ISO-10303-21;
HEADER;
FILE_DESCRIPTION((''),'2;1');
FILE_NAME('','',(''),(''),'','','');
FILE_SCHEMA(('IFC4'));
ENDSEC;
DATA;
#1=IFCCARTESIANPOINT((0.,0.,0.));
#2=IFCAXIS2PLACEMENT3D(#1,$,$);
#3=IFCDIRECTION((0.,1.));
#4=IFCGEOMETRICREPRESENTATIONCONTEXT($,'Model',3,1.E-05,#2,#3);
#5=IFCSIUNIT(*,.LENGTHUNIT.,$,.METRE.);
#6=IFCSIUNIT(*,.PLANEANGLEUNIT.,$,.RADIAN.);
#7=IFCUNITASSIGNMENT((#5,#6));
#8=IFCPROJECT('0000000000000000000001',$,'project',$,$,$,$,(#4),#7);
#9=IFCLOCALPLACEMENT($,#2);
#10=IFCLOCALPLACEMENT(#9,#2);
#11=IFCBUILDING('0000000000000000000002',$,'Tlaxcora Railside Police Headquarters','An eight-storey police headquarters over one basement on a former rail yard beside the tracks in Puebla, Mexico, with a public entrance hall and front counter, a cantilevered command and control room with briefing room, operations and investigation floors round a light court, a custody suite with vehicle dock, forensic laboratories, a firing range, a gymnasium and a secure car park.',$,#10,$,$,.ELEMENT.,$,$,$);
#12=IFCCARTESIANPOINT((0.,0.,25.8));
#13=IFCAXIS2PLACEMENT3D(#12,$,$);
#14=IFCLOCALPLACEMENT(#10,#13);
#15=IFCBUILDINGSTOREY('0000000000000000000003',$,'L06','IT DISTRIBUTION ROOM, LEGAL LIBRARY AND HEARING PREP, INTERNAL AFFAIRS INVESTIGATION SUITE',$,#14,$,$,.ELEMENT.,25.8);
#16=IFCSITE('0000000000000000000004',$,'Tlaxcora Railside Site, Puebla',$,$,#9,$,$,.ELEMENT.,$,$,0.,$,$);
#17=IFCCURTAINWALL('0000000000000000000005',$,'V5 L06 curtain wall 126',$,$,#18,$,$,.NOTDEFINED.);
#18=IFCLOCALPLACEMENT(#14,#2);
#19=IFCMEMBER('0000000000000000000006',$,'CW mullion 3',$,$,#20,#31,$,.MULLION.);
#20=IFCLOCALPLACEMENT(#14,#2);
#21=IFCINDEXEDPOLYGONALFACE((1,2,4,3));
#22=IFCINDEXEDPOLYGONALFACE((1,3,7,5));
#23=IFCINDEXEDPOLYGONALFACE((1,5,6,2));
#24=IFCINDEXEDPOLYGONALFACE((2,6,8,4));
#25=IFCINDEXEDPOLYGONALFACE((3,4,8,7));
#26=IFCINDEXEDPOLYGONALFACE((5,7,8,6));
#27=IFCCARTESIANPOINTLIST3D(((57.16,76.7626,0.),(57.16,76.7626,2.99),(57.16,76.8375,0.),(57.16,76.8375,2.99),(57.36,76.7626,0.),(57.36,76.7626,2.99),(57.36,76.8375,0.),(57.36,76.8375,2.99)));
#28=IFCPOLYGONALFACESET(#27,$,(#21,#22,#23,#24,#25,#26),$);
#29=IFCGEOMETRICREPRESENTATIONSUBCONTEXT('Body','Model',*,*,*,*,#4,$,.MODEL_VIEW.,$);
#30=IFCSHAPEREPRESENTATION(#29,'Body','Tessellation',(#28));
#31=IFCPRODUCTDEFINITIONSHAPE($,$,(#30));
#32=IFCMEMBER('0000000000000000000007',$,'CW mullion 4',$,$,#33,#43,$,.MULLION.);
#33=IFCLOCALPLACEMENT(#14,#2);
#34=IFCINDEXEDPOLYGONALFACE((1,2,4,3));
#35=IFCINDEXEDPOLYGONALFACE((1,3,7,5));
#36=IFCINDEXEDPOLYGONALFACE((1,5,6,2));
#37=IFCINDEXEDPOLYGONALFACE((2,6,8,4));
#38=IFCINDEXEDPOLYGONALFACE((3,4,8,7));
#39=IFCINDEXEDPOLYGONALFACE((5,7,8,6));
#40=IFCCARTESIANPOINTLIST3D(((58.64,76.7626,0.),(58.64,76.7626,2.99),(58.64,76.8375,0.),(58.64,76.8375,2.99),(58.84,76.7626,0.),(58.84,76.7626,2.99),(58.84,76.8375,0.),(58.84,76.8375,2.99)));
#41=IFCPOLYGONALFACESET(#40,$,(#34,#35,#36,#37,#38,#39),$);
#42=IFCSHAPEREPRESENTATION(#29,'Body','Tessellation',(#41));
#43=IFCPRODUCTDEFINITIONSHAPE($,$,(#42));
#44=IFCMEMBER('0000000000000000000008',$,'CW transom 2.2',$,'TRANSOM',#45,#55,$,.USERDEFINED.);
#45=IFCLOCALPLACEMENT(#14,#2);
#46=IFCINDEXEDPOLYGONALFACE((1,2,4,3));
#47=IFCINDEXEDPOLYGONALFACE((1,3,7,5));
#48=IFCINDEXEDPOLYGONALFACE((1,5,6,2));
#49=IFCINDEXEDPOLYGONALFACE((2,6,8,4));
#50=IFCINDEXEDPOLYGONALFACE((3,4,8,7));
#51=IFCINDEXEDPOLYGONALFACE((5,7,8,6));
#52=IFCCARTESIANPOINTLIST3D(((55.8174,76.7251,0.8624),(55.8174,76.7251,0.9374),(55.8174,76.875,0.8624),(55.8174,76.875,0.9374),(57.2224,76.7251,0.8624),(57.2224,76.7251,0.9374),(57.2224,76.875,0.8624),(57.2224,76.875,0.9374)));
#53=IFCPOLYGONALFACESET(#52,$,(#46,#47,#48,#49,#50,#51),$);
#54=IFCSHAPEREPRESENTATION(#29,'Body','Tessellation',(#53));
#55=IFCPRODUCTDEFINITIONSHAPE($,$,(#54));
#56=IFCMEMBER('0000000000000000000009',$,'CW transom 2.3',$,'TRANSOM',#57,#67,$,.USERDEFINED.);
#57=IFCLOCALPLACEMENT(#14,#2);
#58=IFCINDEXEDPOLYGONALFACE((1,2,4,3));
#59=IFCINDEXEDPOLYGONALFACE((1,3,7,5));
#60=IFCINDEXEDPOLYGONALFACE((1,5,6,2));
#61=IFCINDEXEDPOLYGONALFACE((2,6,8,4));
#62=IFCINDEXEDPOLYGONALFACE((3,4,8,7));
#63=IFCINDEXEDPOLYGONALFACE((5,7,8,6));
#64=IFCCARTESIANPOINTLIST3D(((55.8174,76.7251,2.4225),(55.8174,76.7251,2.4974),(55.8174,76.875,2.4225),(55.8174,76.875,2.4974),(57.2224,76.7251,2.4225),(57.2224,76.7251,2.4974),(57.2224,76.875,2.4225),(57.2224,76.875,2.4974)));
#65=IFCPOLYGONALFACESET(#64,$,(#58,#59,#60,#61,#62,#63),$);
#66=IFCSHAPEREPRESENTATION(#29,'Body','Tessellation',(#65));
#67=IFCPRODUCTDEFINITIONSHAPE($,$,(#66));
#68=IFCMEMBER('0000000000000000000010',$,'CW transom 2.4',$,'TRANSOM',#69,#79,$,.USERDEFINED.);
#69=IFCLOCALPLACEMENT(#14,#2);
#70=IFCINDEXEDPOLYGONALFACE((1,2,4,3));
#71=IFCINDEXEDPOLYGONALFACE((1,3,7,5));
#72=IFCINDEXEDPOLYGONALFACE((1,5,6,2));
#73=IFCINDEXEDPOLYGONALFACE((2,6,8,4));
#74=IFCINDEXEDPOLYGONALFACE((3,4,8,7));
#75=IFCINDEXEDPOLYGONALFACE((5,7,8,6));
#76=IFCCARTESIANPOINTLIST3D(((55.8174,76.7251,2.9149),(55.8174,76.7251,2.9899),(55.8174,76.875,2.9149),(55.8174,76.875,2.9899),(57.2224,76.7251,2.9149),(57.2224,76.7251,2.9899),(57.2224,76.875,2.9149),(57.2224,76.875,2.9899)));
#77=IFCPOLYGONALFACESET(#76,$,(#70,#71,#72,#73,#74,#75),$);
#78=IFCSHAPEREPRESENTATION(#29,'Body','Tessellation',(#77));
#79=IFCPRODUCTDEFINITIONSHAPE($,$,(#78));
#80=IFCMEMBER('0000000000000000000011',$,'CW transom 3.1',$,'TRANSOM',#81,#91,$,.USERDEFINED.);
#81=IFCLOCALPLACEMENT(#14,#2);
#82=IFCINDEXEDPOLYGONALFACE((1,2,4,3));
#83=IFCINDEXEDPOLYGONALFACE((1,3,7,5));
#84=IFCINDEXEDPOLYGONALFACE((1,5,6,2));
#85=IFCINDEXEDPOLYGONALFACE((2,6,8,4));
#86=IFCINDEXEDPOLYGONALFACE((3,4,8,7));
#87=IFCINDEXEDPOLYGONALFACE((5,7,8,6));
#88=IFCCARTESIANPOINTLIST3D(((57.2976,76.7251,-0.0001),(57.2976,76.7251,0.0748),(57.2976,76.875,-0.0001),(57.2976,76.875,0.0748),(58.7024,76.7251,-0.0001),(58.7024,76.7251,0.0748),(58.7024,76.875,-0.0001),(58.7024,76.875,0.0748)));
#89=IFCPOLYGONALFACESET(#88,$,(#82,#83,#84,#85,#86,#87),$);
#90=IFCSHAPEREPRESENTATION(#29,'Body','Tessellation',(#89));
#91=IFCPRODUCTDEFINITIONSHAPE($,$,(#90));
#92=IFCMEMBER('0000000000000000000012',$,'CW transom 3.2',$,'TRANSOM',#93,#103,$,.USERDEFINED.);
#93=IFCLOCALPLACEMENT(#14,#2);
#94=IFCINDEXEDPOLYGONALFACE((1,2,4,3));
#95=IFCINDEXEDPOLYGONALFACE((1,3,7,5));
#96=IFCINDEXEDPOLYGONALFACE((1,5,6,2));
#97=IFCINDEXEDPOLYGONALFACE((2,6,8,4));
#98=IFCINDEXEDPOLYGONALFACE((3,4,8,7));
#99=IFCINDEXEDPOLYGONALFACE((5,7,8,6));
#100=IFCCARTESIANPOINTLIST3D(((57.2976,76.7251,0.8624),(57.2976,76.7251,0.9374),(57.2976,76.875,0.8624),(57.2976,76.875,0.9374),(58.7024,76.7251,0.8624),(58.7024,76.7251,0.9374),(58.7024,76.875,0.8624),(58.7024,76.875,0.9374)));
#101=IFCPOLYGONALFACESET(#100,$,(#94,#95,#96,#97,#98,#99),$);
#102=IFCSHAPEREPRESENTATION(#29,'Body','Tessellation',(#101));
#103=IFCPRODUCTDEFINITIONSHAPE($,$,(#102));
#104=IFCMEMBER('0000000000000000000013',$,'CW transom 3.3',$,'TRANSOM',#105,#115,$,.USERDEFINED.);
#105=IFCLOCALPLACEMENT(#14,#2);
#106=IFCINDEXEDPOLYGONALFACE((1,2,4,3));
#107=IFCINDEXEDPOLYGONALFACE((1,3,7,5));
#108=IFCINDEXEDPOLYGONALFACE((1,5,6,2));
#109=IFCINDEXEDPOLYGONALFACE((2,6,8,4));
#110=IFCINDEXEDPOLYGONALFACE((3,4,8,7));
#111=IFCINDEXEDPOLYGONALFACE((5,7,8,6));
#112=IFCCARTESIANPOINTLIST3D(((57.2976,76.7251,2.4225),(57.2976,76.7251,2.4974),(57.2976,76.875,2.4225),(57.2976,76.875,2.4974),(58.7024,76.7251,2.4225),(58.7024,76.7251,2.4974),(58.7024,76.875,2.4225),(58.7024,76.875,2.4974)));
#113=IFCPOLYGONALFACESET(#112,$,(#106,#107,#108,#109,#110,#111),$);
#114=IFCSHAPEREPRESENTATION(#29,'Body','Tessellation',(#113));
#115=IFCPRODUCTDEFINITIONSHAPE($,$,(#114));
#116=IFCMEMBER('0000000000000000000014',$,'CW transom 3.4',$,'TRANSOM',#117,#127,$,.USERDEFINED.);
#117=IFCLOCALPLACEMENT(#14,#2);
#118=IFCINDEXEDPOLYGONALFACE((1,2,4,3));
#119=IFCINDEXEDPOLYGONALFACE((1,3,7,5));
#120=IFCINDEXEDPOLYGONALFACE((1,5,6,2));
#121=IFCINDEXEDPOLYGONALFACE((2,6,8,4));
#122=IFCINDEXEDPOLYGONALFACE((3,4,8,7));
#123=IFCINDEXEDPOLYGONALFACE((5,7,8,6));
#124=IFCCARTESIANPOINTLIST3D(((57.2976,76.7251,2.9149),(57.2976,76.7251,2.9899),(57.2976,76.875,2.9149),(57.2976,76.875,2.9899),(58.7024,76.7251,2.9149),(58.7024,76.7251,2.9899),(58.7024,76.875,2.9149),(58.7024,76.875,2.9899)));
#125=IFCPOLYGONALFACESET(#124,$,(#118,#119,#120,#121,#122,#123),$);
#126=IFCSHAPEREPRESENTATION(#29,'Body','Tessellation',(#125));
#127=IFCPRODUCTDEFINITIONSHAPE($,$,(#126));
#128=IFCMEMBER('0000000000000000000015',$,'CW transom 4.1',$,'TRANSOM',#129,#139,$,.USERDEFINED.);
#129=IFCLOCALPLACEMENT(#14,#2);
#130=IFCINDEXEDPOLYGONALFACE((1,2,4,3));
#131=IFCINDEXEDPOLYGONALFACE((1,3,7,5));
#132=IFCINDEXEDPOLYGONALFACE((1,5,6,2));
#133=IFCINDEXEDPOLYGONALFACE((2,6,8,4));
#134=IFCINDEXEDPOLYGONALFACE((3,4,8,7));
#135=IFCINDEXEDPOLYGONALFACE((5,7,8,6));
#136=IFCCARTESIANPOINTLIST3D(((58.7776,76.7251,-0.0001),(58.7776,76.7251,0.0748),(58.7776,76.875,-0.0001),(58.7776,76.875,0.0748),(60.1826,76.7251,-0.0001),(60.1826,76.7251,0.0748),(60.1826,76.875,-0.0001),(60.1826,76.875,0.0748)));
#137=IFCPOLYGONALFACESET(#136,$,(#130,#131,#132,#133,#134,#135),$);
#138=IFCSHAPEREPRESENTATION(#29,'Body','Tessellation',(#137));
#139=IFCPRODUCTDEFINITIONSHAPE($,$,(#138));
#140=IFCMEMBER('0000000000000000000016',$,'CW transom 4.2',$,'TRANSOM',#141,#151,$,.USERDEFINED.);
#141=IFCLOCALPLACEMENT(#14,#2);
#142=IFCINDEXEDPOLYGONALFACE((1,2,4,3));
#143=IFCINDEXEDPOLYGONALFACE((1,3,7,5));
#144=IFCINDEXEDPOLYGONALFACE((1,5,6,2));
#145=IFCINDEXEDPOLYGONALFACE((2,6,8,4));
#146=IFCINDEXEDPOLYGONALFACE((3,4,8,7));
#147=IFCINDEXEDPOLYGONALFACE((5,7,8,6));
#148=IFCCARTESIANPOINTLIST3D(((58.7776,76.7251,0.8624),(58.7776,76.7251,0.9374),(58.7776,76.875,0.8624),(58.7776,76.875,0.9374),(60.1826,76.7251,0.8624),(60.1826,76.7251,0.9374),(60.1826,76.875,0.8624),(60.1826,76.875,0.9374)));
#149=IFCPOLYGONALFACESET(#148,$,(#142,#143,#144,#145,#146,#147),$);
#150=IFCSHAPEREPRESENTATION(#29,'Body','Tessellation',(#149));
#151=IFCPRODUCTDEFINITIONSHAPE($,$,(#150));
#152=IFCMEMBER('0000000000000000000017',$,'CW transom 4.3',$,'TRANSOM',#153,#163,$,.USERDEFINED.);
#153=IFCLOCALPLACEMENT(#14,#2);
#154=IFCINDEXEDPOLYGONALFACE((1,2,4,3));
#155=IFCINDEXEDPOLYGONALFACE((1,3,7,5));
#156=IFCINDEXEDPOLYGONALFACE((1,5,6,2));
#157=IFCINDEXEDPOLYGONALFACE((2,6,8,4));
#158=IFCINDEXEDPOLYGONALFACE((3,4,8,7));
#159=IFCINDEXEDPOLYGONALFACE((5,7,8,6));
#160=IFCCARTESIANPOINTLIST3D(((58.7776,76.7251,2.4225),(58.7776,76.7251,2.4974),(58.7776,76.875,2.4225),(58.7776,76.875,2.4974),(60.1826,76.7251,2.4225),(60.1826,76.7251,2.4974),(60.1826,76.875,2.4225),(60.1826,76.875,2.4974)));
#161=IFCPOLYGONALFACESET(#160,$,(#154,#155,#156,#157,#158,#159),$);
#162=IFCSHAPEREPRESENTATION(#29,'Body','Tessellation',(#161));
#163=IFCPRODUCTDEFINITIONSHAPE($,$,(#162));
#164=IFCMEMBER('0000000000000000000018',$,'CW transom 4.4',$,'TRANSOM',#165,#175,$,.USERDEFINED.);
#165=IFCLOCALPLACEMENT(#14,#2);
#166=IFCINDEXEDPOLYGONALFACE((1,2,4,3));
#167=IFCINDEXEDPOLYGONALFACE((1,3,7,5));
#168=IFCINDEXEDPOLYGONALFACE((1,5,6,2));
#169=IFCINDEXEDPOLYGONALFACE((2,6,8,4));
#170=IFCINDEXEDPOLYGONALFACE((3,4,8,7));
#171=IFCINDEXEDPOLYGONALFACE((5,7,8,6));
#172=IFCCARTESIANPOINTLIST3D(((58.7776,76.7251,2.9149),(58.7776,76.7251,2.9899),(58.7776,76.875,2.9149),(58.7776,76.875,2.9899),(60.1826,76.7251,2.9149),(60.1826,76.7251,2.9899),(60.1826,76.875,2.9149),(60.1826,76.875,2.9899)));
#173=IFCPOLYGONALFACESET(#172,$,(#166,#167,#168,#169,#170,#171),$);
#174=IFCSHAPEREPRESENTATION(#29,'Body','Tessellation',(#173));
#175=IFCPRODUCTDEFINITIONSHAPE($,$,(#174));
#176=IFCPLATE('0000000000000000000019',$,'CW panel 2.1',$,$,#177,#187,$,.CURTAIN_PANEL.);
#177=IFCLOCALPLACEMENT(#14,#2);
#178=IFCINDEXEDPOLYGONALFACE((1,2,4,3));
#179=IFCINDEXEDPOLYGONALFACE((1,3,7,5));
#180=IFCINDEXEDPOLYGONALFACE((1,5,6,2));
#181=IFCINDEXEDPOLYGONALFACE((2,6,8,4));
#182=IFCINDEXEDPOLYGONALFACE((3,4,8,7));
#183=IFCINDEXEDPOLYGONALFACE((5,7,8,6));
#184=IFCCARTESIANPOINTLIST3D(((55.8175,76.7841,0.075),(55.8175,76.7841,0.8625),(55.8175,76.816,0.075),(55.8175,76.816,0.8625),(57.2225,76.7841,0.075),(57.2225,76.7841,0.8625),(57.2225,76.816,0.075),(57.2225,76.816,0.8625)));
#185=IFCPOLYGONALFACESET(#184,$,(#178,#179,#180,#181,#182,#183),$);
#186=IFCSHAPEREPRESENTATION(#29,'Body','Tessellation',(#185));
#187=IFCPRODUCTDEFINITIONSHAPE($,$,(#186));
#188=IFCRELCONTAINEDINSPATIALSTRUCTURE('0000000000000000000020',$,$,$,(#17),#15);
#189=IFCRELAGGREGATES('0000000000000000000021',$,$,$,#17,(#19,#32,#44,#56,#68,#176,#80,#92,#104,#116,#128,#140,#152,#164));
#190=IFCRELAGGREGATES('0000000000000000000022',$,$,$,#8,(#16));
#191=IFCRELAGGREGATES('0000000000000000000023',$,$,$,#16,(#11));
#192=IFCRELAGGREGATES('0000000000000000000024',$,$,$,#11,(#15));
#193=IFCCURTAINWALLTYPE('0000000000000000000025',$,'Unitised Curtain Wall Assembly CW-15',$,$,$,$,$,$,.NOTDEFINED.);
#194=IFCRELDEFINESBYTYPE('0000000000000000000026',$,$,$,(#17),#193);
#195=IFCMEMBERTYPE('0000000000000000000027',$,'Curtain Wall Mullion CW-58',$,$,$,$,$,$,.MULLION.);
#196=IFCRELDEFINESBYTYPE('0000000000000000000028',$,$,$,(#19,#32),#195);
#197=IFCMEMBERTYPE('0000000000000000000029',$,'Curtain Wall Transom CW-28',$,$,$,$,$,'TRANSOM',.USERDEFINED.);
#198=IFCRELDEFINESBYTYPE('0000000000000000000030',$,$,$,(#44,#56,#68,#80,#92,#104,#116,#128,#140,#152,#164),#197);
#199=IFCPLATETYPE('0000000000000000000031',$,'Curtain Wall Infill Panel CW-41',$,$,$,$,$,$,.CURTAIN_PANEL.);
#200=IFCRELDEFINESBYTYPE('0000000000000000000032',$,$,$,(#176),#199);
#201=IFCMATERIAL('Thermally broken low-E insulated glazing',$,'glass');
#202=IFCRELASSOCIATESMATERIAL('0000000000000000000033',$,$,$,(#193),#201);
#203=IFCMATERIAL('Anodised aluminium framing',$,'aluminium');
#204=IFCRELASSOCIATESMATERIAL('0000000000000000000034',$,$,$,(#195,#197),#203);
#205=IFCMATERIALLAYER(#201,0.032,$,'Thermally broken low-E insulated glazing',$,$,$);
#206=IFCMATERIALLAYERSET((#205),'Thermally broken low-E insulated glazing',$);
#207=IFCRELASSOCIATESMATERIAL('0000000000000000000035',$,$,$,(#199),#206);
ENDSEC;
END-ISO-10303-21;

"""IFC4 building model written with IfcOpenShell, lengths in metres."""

from ifc_helpers import new_model, si_unit, direction, frame, origin, origin_2d, place, context, subcontext, project, spatial, rectangle, extrude, material, layer, layer_set, material_profile, profile_set, type_object, element, aggregate, save


model = new_model("IFC4")

# Units and contexts
model_context = context("Model", 3, precision=1e-05, world=origin(), true_north=direction((0.0, 1.0)))
body_context = subcontext(model_context, "Body", "Model", "MODEL_VIEW")
ifc_project = project(units=[si_unit("LENGTHUNIT", "METRE"), si_unit("PLANEANGLEUNIT", "RADIAN")], contexts=[model_context])

# Site, building, storey
site_placement = place(None, origin())
site = spatial("IfcSite", under=ifc_project, at=site_placement, Name="Tlaxcora Railside Site, Puebla", CompositionType="ELEMENT", RefElevation=0.0)
building_placement = place(site_placement, origin())
building = spatial("IfcBuilding", under=site, at=building_placement, Name="Tlaxcora Railside Police Headquarters", Description="An eight-storey police headquarters over one basement on a former rail yard beside the tracks in Puebla, Mexico, with a public entrance hall and front counter, a cantilevered command and control room with briefing room, operations and investigation floors round a light court, a custody suite with vehicle dock, forensic laboratories, a firing range, a gymnasium and a secure car park.", CompositionType="ELEMENT")
storey_placement = place(building_placement, frame((0.0, 0.0, 25.8)))
storey = spatial("IfcBuildingStorey", under=building, at=storey_placement, Name="L06", Description="IT DISTRIBUTION ROOM, LEGAL LIBRARY AND HEARING PREP, INTERNAL AFFAIRS INVESTIGATION SUITE", CompositionType="ELEMENT", Elevation=25.8)

# Curtain wall, members, plate
ifc_material_1 = material(Name="Thermally broken low-E insulated glazing", Category="glass")
curtain_wall_type = type_object("IfcCurtainWallType", Name="Unitised Curtain Wall Assembly CW-15", PredefinedType="NOTDEFINED", material=ifc_material_1)
curtain_wall_placement = place(storey_placement, origin())
curtain_wall = element("IfcCurtainWall", 1, at=curtain_wall_placement, inside=storey, type_object=curtain_wall_type, Name="V5 L06 curtain wall 126", PredefinedType="NOTDEFINED")
ifc_material_2 = material(Name="Anodised aluminium framing", Category="aluminium")
ifc_material_profile_1 = material_profile(ifc_material_2, rectangle(XDim=0.075, YDim=0.2, at=origin_2d()), Name="AL75X200")
ifc_profile_set_1 = profile_set([ifc_material_profile_1], Name="Anodised aluminium framing")
member_type_1 = type_object("IfcMemberType", Name="Curtain Wall Mullion CW-58", PredefinedType="MULLION", material=ifc_profile_set_1)
member_1_placement = place(storey_placement, frame((57.26, 76.8, 0.0), z_axis=(0.0, 0.0, 1.0), x_axis=(0.0, 1.0, 0.0)))
member_1 = element("IfcMember", 2, at=member_1_placement, type_object=member_type_1, Name="CW mullion 3", PredefinedType="MULLION", context=body_context, shape_type="SweptSolid", body=[
    extrude(rectangle(XDim=0.075, YDim=0.2, at=origin_2d()), origin(), (0.0, 0.0, 1.0), 2.99),
])
member_2_placement = place(storey_placement, frame((58.74, 76.8, 0.0), z_axis=(0.0, 0.0, 1.0), x_axis=(0.0, 1.0, 0.0)))
member_2 = element("IfcMember", 3, at=member_2_placement, type_object=member_type_1, Name="CW mullion 4", PredefinedType="MULLION", context=body_context, shape_type="SweptSolid", body=[
    extrude(rectangle(XDim=0.075, YDim=0.2, at=origin_2d()), origin(), (0.0, 0.0, 1.0), 2.99),
])
ifc_material_profile_2 = material_profile(ifc_material_2, rectangle(XDim=0.1499, YDim=0.075, at=origin_2d()), Name="AL75X150")
ifc_profile_set_2 = profile_set([ifc_material_profile_2], Name="Anodised aluminium framing")
member_type_2 = type_object("IfcMemberType", Name="Curtain Wall Transom CW-28", ElementType="TRANSOM", PredefinedType="USERDEFINED", material=ifc_profile_set_2)
member_3_placement = place(storey_placement, frame((55.8174, 76.8, 0.8999), z_axis=(1.0, 0.0, 0.0), x_axis=(0.0, 1.0, 0.0)))
member_3 = element("IfcMember", 4, at=member_3_placement, type_object=member_type_2, Name="CW transom 2.2", ObjectType="TRANSOM", PredefinedType="USERDEFINED", context=body_context, shape_type="SweptSolid", body=[
    extrude(rectangle(XDim=0.1499, YDim=0.075, at=origin_2d()), origin(), (0.0, 0.0, 1.0), 1.405),
])
member_4_placement = place(storey_placement, frame((55.8174, 76.8, 2.46), z_axis=(1.0, 0.0, 0.0), x_axis=(0.0, 1.0, 0.0)))
member_4 = element("IfcMember", 5, at=member_4_placement, type_object=member_type_2, Name="CW transom 2.3", ObjectType="TRANSOM", PredefinedType="USERDEFINED", context=body_context, shape_type="SweptSolid", body=[
    extrude(rectangle(XDim=0.1499, YDim=0.075, at=origin_2d()), origin(), (0.0, 0.0, 1.0), 1.405),
])
member_5_placement = place(storey_placement, frame((55.8174, 76.8, 2.9524), z_axis=(1.0, 0.0, 0.0), x_axis=(0.0, 1.0, 0.0)))
member_5 = element("IfcMember", 6, at=member_5_placement, type_object=member_type_2, Name="CW transom 2.4", ObjectType="TRANSOM", PredefinedType="USERDEFINED", context=body_context, shape_type="SweptSolid", body=[
    extrude(rectangle(XDim=0.1499, YDim=0.075, at=origin_2d()), origin(), (0.0, 0.0, 1.0), 1.405),
])
member_6_placement = place(storey_placement, frame((57.2976, 76.8, 0.0374), z_axis=(1.0, 0.0, 0.0), x_axis=(0.0, 1.0, 0.0)))
member_6 = element("IfcMember", 7, at=member_6_placement, type_object=member_type_2, Name="CW transom 3.1", ObjectType="TRANSOM", PredefinedType="USERDEFINED", context=body_context, shape_type="SweptSolid", body=[
    extrude(rectangle(XDim=0.1499, YDim=0.075, at=origin_2d()), origin(), (0.0, 0.0, 1.0), 1.4048),
])
member_7_placement = place(storey_placement, frame((57.2976, 76.8, 0.8999), z_axis=(1.0, 0.0, 0.0), x_axis=(0.0, 1.0, 0.0)))
member_7 = element("IfcMember", 8, at=member_7_placement, type_object=member_type_2, Name="CW transom 3.2", ObjectType="TRANSOM", PredefinedType="USERDEFINED", context=body_context, shape_type="SweptSolid", body=[
    extrude(rectangle(XDim=0.1499, YDim=0.075, at=origin_2d()), origin(), (0.0, 0.0, 1.0), 1.4048),
])
member_8_placement = place(storey_placement, frame((57.2976, 76.8, 2.46), z_axis=(1.0, 0.0, 0.0), x_axis=(0.0, 1.0, 0.0)))
member_8 = element("IfcMember", 9, at=member_8_placement, type_object=member_type_2, Name="CW transom 3.3", ObjectType="TRANSOM", PredefinedType="USERDEFINED", context=body_context, shape_type="SweptSolid", body=[
    extrude(rectangle(XDim=0.1499, YDim=0.075, at=origin_2d()), origin(), (0.0, 0.0, 1.0), 1.4048),
])
member_9_placement = place(storey_placement, frame((57.2976, 76.8, 2.9524), z_axis=(1.0, 0.0, 0.0), x_axis=(0.0, 1.0, 0.0)))
member_9 = element("IfcMember", 10, at=member_9_placement, type_object=member_type_2, Name="CW transom 3.4", ObjectType="TRANSOM", PredefinedType="USERDEFINED", context=body_context, shape_type="SweptSolid", body=[
    extrude(rectangle(XDim=0.1499, YDim=0.075, at=origin_2d()), origin(), (0.0, 0.0, 1.0), 1.4048),
])
member_10_placement = place(storey_placement, frame((58.7776, 76.8, 0.0374), z_axis=(1.0, 0.0, 0.0), x_axis=(0.0, 1.0, 0.0)))
member_10 = element("IfcMember", 11, at=member_10_placement, type_object=member_type_2, Name="CW transom 4.1", ObjectType="TRANSOM", PredefinedType="USERDEFINED", context=body_context, shape_type="SweptSolid", body=[
    extrude(rectangle(XDim=0.1499, YDim=0.075, at=origin_2d()), origin(), (0.0, 0.0, 1.0), 1.405),
])
member_11_placement = place(storey_placement, frame((58.7776, 76.8, 0.8999), z_axis=(1.0, 0.0, 0.0), x_axis=(0.0, 1.0, 0.0)))
member_11 = element("IfcMember", 12, at=member_11_placement, type_object=member_type_2, Name="CW transom 4.2", ObjectType="TRANSOM", PredefinedType="USERDEFINED", context=body_context, shape_type="SweptSolid", body=[
    extrude(rectangle(XDim=0.1499, YDim=0.075, at=origin_2d()), origin(), (0.0, 0.0, 1.0), 1.405),
])
member_12_placement = place(storey_placement, frame((58.7776, 76.8, 2.46), z_axis=(1.0, 0.0, 0.0), x_axis=(0.0, 1.0, 0.0)))
member_12 = element("IfcMember", 13, at=member_12_placement, type_object=member_type_2, Name="CW transom 4.3", ObjectType="TRANSOM", PredefinedType="USERDEFINED", context=body_context, shape_type="SweptSolid", body=[
    extrude(rectangle(XDim=0.1499, YDim=0.075, at=origin_2d()), origin(), (0.0, 0.0, 1.0), 1.405),
])
member_13_placement = place(storey_placement, frame((58.7776, 76.8, 2.9524), z_axis=(1.0, 0.0, 0.0), x_axis=(0.0, 1.0, 0.0)))
member_13 = element("IfcMember", 14, at=member_13_placement, type_object=member_type_2, Name="CW transom 4.4", ObjectType="TRANSOM", PredefinedType="USERDEFINED", context=body_context, shape_type="SweptSolid", body=[
    extrude(rectangle(XDim=0.1499, YDim=0.075, at=origin_2d()), origin(), (0.0, 0.0, 1.0), 1.405),
])
ifc_layer_1 = layer(ifc_material_1, 0.032, Name="Thermally broken low-E insulated glazing")
ifc_layer_set_1 = layer_set([ifc_layer_1], Name="Thermally broken low-E insulated glazing")
plate_type = type_object("IfcPlateType", Name="Curtain Wall Infill Panel CW-41", PredefinedType="CURTAIN_PANEL", material=ifc_layer_set_1)
plate_1_placement = place(storey_placement, frame((56.52, 76.8, 0.075), z_axis=(0.0, 0.0, 1.0), x_axis=(1.0, 0.0, 0.0)))
plate_1 = element("IfcPlate", 15, at=plate_1_placement, type_object=plate_type, Name="CW panel 2.1", PredefinedType="CURTAIN_PANEL", context=body_context, shape_type="SweptSolid", body=[
    extrude(rectangle(XDim=1.405, YDim=0.032, at=origin_2d()), origin(), (0.0, 0.0, 1.0), 0.7876),
])
aggregate(curtain_wall, [member_1, member_2, member_3, member_4, member_5, plate_1, member_6, member_7, member_8, member_9, member_10, member_11, member_12, member_13])

save(model, "model.ifc")
